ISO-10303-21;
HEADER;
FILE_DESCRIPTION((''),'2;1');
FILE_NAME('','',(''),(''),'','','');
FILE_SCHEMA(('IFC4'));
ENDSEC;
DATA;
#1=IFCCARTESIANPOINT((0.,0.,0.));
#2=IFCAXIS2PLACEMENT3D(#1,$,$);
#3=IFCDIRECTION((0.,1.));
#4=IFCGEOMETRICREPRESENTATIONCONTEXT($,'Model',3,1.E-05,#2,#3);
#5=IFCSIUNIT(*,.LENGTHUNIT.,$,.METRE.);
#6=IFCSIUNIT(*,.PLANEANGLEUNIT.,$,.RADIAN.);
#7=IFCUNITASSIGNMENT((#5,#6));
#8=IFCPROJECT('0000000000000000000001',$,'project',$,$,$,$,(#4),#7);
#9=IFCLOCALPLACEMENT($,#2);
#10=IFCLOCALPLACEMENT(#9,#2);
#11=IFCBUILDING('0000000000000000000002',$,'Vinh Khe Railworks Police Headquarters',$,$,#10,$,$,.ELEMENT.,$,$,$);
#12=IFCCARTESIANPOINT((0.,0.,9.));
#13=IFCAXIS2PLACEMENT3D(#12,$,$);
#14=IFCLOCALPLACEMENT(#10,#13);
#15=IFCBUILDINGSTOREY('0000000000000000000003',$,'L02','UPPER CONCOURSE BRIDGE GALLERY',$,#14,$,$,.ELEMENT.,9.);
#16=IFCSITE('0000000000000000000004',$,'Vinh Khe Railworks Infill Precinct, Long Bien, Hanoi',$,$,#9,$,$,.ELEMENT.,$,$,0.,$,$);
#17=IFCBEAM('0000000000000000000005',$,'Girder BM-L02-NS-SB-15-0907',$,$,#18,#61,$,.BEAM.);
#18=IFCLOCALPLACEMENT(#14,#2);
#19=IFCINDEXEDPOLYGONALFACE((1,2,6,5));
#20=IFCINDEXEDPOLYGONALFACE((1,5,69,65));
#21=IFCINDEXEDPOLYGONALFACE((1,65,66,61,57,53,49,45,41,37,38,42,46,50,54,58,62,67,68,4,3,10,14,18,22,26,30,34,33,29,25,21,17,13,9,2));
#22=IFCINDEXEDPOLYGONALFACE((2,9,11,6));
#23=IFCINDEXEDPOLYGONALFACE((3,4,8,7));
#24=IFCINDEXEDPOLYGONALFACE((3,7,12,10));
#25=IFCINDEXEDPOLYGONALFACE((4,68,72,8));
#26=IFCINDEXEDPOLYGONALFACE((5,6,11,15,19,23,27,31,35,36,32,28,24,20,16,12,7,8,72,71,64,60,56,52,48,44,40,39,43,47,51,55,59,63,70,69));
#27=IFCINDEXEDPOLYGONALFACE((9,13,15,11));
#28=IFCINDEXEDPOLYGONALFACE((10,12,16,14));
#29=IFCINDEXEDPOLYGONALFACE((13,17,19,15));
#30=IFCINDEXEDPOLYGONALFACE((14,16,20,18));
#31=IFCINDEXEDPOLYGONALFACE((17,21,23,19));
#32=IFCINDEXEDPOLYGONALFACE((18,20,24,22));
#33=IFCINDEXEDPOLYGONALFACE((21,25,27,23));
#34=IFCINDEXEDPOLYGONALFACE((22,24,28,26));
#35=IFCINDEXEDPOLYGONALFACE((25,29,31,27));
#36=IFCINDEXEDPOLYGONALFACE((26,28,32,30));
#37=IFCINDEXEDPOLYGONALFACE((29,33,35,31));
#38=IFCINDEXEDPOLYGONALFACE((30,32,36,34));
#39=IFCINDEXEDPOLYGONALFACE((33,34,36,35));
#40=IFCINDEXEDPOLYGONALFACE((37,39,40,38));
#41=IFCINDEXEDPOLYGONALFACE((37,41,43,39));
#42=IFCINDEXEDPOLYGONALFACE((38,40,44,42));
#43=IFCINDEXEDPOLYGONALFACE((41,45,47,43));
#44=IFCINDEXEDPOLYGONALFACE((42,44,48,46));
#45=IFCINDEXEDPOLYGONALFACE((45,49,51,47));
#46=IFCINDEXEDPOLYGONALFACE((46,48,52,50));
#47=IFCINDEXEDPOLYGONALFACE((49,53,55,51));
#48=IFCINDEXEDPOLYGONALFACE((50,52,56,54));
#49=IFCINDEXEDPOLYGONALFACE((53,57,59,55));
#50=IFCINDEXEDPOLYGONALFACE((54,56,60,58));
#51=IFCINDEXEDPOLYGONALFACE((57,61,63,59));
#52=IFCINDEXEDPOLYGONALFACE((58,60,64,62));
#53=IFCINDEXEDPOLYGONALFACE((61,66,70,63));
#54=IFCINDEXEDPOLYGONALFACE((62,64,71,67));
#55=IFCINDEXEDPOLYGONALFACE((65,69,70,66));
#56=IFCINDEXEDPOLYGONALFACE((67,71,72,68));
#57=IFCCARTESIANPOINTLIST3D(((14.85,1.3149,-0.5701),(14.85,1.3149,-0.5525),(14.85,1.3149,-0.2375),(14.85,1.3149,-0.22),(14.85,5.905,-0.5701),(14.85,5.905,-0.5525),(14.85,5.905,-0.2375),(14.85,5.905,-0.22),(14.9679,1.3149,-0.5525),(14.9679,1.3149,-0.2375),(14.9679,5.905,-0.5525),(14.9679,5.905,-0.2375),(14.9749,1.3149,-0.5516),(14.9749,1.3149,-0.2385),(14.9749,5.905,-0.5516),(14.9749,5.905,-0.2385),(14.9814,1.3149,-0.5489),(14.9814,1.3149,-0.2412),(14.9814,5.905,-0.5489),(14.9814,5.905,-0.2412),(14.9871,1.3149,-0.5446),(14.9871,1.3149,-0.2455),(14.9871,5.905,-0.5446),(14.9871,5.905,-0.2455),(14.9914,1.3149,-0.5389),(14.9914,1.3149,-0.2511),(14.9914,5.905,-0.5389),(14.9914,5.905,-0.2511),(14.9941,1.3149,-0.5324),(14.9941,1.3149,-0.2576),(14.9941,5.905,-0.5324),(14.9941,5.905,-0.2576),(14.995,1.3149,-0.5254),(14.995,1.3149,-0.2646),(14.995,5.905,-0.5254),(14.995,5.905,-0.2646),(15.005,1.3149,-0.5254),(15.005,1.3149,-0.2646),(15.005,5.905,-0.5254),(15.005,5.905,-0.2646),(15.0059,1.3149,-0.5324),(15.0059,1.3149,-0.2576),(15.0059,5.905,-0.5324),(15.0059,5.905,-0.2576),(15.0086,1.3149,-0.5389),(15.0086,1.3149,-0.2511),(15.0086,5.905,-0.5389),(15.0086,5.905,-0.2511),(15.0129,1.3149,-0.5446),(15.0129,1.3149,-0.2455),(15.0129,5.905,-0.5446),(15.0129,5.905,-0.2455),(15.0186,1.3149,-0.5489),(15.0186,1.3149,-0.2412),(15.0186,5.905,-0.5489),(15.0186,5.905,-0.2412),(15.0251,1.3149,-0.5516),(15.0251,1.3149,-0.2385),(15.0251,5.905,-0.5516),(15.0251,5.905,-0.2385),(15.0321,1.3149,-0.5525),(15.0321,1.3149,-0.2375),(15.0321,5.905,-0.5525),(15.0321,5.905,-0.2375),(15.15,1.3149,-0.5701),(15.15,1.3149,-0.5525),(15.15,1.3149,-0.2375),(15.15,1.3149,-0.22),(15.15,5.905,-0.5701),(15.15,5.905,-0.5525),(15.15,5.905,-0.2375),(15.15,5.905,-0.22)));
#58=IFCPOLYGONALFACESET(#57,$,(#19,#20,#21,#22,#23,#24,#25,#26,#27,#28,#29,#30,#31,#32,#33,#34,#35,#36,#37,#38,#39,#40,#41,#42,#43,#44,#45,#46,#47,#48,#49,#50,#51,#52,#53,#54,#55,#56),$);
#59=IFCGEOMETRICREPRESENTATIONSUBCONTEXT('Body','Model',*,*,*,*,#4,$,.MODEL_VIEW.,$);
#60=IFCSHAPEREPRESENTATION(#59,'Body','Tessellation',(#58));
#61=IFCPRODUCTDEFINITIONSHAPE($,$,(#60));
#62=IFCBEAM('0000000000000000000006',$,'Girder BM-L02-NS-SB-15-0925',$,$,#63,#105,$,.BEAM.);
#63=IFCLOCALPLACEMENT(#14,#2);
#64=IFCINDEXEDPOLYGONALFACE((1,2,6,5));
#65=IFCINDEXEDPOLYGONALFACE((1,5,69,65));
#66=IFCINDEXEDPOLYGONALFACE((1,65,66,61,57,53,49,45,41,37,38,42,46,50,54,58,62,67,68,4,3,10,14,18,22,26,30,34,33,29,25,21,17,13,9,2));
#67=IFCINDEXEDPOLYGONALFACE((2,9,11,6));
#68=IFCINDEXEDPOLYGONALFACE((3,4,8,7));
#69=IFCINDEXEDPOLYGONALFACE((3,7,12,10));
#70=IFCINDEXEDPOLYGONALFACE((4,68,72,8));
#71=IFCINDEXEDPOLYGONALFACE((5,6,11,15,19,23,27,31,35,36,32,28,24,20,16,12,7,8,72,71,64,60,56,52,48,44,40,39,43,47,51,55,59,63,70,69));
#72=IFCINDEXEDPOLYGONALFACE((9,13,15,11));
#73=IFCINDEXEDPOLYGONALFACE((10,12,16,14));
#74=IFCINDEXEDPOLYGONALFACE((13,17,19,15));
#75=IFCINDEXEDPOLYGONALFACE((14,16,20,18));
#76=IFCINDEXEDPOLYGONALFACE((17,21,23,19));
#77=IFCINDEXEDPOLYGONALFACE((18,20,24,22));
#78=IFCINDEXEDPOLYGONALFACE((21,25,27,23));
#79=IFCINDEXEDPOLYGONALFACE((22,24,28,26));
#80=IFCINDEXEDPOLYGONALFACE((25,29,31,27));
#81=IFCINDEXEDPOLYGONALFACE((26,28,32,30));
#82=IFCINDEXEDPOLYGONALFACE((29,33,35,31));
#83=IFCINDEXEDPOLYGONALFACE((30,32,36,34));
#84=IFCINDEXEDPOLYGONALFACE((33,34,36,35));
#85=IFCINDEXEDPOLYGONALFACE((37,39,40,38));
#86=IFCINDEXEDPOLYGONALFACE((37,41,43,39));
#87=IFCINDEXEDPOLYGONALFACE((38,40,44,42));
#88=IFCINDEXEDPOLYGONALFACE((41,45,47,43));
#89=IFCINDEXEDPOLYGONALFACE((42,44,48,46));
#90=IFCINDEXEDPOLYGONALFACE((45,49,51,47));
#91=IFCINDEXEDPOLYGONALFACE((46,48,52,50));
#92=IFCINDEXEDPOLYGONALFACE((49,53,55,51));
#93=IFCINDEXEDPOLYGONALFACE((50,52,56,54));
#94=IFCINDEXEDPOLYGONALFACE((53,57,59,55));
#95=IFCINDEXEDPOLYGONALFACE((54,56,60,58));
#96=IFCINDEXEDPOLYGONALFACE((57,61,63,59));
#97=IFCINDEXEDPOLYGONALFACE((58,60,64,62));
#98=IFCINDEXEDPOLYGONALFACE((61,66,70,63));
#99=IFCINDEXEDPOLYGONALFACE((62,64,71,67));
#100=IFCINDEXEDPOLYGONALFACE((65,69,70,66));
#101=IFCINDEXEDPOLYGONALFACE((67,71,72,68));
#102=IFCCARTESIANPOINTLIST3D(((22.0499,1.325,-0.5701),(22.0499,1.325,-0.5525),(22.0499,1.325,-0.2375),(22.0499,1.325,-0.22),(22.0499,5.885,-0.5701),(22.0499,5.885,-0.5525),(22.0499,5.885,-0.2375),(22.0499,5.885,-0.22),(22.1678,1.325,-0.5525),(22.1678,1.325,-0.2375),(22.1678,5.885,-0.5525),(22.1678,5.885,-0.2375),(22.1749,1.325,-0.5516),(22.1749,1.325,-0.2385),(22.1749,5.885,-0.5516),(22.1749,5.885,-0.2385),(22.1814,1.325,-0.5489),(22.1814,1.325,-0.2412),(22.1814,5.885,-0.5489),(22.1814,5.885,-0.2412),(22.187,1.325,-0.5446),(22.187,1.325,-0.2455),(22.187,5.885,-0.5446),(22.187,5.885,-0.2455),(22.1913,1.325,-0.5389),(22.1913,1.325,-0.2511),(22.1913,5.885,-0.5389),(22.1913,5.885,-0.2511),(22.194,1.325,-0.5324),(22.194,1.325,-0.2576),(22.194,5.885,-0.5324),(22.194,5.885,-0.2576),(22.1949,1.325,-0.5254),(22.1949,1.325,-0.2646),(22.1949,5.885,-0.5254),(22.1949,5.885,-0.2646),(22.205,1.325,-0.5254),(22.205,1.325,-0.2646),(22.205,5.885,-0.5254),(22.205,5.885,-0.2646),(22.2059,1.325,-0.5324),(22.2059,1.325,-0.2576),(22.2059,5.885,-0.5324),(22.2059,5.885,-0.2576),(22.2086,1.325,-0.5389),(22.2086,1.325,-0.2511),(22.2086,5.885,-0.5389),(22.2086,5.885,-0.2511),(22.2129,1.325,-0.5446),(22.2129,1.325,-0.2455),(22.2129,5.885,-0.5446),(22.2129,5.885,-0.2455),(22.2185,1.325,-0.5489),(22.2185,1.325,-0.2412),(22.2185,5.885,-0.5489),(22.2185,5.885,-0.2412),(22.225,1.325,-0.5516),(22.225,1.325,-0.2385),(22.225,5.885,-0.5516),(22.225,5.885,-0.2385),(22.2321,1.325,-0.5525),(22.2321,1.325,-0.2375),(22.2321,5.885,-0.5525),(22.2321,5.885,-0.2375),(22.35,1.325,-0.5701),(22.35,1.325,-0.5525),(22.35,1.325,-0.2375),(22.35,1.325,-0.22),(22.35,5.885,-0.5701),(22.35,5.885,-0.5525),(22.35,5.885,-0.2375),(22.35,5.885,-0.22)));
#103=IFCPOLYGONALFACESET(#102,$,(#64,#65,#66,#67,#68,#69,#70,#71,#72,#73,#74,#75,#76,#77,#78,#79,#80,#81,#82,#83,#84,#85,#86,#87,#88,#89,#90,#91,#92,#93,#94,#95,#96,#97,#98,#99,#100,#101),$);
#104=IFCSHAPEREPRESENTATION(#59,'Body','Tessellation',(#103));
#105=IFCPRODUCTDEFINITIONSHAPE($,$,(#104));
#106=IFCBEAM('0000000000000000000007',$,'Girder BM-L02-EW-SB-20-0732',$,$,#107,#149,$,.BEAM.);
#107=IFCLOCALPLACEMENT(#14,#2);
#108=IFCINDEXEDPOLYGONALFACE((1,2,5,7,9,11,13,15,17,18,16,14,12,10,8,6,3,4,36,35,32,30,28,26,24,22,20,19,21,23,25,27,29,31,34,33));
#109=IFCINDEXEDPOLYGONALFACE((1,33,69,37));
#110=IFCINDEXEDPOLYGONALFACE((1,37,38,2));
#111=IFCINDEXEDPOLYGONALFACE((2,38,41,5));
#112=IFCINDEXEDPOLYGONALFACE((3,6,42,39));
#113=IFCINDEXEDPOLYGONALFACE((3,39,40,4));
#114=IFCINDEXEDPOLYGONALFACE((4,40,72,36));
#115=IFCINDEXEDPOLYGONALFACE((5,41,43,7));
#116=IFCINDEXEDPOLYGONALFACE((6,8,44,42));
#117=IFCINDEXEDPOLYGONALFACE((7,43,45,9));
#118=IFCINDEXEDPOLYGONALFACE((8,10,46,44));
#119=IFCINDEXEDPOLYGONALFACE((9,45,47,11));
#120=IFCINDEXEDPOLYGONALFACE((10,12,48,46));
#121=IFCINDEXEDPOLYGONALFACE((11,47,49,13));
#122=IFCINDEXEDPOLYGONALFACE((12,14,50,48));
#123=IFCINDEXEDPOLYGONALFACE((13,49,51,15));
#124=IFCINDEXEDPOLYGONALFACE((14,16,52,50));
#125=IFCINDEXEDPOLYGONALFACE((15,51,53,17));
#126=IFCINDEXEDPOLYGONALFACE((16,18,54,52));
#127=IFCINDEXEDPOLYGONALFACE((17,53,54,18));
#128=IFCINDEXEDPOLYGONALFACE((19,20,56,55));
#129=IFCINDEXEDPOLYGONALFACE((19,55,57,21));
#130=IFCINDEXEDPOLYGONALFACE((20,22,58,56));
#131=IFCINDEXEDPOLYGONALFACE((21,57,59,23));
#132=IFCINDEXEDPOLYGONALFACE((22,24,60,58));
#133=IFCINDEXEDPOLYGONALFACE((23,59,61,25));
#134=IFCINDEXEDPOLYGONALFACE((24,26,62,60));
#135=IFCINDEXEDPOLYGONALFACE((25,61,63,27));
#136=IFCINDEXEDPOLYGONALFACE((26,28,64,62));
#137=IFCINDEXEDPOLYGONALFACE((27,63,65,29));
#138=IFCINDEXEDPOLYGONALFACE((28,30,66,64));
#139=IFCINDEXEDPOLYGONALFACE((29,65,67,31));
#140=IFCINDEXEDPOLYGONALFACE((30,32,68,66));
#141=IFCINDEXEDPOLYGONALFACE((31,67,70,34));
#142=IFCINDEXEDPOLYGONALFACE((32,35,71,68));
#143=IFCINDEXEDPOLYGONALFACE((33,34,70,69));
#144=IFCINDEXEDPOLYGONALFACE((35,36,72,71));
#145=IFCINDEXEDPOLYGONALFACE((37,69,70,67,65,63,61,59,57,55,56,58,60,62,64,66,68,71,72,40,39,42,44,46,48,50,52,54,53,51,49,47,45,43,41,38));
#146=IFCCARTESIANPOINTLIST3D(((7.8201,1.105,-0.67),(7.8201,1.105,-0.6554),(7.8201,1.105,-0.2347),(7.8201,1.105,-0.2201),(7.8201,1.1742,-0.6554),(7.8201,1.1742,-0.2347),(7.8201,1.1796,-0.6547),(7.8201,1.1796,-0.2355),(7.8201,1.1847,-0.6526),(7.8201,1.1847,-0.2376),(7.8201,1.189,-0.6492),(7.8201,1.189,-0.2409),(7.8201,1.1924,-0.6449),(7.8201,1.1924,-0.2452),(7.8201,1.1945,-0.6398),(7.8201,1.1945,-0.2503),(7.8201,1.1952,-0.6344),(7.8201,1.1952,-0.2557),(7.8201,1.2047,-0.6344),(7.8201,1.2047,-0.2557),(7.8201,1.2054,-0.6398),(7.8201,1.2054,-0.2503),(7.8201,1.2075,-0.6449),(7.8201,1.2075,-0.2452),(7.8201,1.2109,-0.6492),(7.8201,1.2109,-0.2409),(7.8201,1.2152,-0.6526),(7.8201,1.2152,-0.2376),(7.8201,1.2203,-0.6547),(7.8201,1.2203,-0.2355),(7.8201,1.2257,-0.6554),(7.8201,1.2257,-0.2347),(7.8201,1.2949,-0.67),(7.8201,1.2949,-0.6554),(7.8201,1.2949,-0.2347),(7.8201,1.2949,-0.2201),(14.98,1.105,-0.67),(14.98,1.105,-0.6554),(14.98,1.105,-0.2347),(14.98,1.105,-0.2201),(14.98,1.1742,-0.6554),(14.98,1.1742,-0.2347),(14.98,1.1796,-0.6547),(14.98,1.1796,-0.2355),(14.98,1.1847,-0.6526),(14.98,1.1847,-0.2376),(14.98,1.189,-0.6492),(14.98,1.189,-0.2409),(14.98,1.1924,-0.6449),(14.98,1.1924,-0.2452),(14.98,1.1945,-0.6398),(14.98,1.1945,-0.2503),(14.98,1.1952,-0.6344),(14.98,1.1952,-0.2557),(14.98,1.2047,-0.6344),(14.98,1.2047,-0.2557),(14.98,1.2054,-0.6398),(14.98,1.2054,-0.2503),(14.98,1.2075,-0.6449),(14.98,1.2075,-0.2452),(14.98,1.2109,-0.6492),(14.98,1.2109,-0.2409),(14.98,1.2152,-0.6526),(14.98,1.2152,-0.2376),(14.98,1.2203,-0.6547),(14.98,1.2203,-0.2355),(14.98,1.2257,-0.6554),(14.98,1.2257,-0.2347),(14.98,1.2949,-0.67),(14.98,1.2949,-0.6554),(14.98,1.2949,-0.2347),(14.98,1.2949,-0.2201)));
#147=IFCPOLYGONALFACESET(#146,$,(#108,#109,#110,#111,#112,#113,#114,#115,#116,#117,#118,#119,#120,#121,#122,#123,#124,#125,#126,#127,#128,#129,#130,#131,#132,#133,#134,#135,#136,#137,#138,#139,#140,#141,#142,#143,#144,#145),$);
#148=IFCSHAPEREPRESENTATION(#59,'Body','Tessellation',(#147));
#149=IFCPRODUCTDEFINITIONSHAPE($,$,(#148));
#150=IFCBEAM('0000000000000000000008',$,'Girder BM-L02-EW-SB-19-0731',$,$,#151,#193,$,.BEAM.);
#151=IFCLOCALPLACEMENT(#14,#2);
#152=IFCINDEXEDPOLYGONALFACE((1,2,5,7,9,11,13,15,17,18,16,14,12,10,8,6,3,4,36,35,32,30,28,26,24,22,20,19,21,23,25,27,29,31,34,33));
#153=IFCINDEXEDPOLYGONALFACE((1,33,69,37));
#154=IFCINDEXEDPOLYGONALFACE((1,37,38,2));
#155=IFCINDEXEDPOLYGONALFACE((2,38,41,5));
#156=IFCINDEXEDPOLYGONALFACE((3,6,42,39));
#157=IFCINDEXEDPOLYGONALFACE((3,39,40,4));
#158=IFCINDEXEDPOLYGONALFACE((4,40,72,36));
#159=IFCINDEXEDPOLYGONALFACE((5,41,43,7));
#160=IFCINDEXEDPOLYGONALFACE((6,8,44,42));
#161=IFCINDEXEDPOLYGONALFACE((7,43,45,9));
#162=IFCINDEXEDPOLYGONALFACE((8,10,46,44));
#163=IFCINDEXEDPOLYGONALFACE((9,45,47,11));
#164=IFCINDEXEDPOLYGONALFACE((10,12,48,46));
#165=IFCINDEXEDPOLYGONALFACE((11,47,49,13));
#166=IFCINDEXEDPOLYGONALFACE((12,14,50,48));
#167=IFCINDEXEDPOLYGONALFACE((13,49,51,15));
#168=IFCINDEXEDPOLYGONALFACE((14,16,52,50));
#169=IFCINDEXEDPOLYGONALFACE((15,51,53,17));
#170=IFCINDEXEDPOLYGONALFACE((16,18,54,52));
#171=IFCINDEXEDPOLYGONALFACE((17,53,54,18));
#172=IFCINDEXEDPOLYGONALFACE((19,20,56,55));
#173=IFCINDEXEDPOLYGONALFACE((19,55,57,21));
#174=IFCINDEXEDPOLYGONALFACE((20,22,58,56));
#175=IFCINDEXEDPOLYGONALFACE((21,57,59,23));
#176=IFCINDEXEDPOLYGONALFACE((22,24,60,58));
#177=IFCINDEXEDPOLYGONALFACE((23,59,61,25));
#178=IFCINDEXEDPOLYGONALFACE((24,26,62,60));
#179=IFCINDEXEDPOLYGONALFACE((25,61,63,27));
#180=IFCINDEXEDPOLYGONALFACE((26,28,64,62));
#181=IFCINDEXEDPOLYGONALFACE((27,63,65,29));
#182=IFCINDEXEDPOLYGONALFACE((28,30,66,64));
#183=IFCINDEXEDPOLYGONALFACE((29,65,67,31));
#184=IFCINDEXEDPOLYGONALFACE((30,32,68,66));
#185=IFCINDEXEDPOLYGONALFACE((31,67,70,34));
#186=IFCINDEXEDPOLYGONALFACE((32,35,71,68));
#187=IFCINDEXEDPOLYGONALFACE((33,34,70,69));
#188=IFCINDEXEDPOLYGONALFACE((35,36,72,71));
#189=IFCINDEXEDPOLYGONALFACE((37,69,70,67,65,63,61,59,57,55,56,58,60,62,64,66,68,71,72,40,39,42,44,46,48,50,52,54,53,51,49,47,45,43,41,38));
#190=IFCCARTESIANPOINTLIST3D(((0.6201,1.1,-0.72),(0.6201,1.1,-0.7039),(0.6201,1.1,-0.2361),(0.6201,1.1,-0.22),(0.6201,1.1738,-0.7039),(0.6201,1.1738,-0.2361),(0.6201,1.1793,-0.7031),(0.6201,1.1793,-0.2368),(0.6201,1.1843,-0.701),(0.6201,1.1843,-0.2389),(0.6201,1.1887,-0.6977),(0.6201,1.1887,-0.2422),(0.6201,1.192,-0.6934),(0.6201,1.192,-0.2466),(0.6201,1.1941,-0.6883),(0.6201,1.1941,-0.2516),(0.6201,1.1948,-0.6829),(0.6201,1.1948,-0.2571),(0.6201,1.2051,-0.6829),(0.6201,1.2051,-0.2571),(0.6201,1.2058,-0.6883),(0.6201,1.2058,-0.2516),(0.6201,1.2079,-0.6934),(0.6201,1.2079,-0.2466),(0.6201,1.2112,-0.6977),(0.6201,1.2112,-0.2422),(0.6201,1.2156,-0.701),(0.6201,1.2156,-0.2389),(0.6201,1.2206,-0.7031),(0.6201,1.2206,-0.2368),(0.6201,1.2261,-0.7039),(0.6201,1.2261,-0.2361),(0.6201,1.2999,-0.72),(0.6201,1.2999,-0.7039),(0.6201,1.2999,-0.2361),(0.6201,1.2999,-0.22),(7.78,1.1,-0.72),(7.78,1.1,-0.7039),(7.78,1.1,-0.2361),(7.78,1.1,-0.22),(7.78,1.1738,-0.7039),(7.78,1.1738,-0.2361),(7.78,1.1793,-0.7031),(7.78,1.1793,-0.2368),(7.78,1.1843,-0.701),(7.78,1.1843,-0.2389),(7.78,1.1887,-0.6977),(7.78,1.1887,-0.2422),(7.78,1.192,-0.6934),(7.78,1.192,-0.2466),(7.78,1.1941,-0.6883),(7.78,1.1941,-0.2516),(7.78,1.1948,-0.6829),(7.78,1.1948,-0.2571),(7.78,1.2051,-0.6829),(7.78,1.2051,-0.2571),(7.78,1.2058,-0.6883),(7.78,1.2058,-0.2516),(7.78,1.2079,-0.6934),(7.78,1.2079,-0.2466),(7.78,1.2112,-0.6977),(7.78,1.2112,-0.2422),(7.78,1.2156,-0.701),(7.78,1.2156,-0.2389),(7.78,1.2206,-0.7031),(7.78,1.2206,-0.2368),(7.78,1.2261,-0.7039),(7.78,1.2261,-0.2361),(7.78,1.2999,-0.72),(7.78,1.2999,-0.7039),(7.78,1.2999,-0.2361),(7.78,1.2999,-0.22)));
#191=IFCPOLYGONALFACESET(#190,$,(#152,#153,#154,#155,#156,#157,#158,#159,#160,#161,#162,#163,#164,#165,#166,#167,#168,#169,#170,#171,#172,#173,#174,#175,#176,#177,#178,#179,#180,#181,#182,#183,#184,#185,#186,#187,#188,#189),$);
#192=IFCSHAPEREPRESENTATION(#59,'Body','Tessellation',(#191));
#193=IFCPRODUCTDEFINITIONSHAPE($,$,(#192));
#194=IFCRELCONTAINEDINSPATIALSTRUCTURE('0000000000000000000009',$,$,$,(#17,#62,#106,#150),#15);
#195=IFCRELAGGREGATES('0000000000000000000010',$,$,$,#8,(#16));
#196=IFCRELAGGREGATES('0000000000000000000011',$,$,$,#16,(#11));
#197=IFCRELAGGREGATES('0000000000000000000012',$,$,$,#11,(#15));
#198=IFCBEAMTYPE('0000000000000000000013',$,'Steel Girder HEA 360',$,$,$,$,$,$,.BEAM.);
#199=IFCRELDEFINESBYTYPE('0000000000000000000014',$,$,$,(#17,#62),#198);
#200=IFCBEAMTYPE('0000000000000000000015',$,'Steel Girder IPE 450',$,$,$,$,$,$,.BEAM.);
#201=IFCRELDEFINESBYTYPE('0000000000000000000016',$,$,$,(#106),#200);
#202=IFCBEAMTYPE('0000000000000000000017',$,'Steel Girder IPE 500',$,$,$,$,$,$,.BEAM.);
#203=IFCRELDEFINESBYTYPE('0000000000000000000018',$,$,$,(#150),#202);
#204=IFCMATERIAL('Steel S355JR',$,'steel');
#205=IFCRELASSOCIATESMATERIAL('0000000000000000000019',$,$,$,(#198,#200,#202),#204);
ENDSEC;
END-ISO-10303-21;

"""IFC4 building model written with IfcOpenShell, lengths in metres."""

from ifc_helpers import new_model, si_unit, direction, frame, origin, origin_2d, place, context, subcontext, project, spatial, i_section, extrude, material, material_profile, profile_set, type_object, element, save


model = new_model("IFC4")

# Units and contexts
model_context = context("Model", 3, precision=1e-05, world=origin(), true_north=direction((0.0, 1.0)))
body_context = subcontext(model_context, "Body", "Model", "MODEL_VIEW")
ifc_project = project(units=[si_unit("LENGTHUNIT", "METRE"), si_unit("PLANEANGLEUNIT", "RADIAN")], contexts=[model_context])

# Site, building, storey
site_placement = place(None, origin())
site = spatial("IfcSite", under=ifc_project, at=site_placement, Name="Vinh Khe Railworks Infill Precinct, Long Bien, Hanoi", CompositionType="ELEMENT", RefElevation=0.0)
building_placement = place(site_placement, origin())
building = spatial("IfcBuilding", under=site, at=building_placement, Name="Vinh Khe Railworks Police Headquarters", CompositionType="ELEMENT")
storey_placement = place(building_placement, frame((0.0, 0.0, 9.0)))
storey = spatial("IfcBuildingStorey", under=building, at=storey_placement, Name="L02", Description="UPPER CONCOURSE BRIDGE GALLERY", CompositionType="ELEMENT", Elevation=9.0)

# Beams
ifc_material_1 = material(Name="Steel S355JR", Category="steel")
ifc_material_profile_1 = material_profile(ifc_material_1, i_section(OverallWidth=0.3, OverallDepth=0.3501, WebThickness=0.01, FlangeThickness=0.0176, FilletRadius=0.0271, at=origin_2d()), Name="HEA 360")
ifc_profile_set_1 = profile_set([ifc_material_profile_1], Name="Steel S355JR")
beam_type_1 = type_object("IfcBeamType", Name="Steel Girder HEA 360", PredefinedType="BEAM", material=ifc_profile_set_1)
beam_1_placement = place(storey_placement, frame((15.0, 1.3149, -0.395), z_axis=(0.0, 1.0, 0.0), x_axis=(-1.0, 0.0, 0.0)))
element("IfcBeam", 1, at=beam_1_placement, inside=storey, type_object=beam_type_1, Name="Girder BM-L02-NS-SB-15-0907", PredefinedType="BEAM", context=body_context, shape_type="SweptSolid", body=[
    extrude(i_section(OverallWidth=0.3, OverallDepth=0.3501, WebThickness=0.01, FlangeThickness=0.0176, FilletRadius=0.0271, at=origin_2d()), origin(), (0.0, 0.0, 1.0), 4.5901),
])
beam_2_placement = place(storey_placement, frame((22.2, 1.325, -0.395), z_axis=(0.0, 1.0, 0.0), x_axis=(-1.0, 0.0, 0.0)))
element("IfcBeam", 2, at=beam_2_placement, inside=storey, type_object=beam_type_1, Name="Girder BM-L02-NS-SB-15-0925", PredefinedType="BEAM", context=body_context, shape_type="SweptSolid", body=[
    extrude(i_section(OverallWidth=0.3, OverallDepth=0.3501, WebThickness=0.01, FlangeThickness=0.0176, FilletRadius=0.0271, at=origin_2d()), origin(), (0.0, 0.0, 1.0), 4.5601),
])
ifc_material_profile_2 = material_profile(ifc_material_1, i_section(OverallWidth=0.1899, OverallDepth=0.45, WebThickness=0.0095, FlangeThickness=0.0146, FilletRadius=0.021, at=origin_2d()), Name="IPE 450")
ifc_profile_set_2 = profile_set([ifc_material_profile_2], Name="Steel S355JR")
beam_type_2 = type_object("IfcBeamType", Name="Steel Girder IPE 450", PredefinedType="BEAM", material=ifc_profile_set_2)
beam_3_placement = place(storey_placement, frame((7.8201, 1.2, -0.4451), z_axis=(1.0, 0.0, 0.0), x_axis=(0.0, 1.0, 0.0)))
element("IfcBeam", 3, at=beam_3_placement, inside=storey, type_object=beam_type_2, Name="Girder BM-L02-EW-SB-20-0732", PredefinedType="BEAM", context=body_context, shape_type="SweptSolid", body=[
    extrude(i_section(OverallWidth=0.1899, OverallDepth=0.45, WebThickness=0.0095, FlangeThickness=0.0146, FilletRadius=0.021, at=origin_2d()), origin(), (0.0, 0.0, 1.0), 7.1599),
])
ifc_material_profile_3 = material_profile(ifc_material_1, i_section(OverallWidth=0.2, OverallDepth=0.5, WebThickness=0.0103, FlangeThickness=0.0161, FilletRadius=0.021, at=origin_2d()), Name="IPE 500")
ifc_profile_set_3 = profile_set([ifc_material_profile_3], Name="Steel S355JR")
beam_type_3 = type_object("IfcBeamType", Name="Steel Girder IPE 500", PredefinedType="BEAM", material=ifc_profile_set_3)
for number, where, z_axis, x_axis, name in (
    (4, (0.6201, 1.2, -0.47), (1.0, 0.0, 0.0), (0.0, 1.0, 0.0), "Girder BM-L02-EW-SB-19-0731"),
):
    element("IfcBeam", number, at=place(storey_placement, frame(where, z_axis=z_axis, x_axis=x_axis)), inside=storey, type_object=beam_type_3, Name=name, PredefinedType="BEAM", context=body_context, shape_type="SweptSolid", body=[
        extrude(i_section(OverallWidth=0.2, OverallDepth=0.5, WebThickness=0.0103, FlangeThickness=0.0161, FilletRadius=0.021, at=origin_2d()), origin(), (0.0, 0.0, 1.0), 7.1599),
    ])

save(model, "model.ifc")
